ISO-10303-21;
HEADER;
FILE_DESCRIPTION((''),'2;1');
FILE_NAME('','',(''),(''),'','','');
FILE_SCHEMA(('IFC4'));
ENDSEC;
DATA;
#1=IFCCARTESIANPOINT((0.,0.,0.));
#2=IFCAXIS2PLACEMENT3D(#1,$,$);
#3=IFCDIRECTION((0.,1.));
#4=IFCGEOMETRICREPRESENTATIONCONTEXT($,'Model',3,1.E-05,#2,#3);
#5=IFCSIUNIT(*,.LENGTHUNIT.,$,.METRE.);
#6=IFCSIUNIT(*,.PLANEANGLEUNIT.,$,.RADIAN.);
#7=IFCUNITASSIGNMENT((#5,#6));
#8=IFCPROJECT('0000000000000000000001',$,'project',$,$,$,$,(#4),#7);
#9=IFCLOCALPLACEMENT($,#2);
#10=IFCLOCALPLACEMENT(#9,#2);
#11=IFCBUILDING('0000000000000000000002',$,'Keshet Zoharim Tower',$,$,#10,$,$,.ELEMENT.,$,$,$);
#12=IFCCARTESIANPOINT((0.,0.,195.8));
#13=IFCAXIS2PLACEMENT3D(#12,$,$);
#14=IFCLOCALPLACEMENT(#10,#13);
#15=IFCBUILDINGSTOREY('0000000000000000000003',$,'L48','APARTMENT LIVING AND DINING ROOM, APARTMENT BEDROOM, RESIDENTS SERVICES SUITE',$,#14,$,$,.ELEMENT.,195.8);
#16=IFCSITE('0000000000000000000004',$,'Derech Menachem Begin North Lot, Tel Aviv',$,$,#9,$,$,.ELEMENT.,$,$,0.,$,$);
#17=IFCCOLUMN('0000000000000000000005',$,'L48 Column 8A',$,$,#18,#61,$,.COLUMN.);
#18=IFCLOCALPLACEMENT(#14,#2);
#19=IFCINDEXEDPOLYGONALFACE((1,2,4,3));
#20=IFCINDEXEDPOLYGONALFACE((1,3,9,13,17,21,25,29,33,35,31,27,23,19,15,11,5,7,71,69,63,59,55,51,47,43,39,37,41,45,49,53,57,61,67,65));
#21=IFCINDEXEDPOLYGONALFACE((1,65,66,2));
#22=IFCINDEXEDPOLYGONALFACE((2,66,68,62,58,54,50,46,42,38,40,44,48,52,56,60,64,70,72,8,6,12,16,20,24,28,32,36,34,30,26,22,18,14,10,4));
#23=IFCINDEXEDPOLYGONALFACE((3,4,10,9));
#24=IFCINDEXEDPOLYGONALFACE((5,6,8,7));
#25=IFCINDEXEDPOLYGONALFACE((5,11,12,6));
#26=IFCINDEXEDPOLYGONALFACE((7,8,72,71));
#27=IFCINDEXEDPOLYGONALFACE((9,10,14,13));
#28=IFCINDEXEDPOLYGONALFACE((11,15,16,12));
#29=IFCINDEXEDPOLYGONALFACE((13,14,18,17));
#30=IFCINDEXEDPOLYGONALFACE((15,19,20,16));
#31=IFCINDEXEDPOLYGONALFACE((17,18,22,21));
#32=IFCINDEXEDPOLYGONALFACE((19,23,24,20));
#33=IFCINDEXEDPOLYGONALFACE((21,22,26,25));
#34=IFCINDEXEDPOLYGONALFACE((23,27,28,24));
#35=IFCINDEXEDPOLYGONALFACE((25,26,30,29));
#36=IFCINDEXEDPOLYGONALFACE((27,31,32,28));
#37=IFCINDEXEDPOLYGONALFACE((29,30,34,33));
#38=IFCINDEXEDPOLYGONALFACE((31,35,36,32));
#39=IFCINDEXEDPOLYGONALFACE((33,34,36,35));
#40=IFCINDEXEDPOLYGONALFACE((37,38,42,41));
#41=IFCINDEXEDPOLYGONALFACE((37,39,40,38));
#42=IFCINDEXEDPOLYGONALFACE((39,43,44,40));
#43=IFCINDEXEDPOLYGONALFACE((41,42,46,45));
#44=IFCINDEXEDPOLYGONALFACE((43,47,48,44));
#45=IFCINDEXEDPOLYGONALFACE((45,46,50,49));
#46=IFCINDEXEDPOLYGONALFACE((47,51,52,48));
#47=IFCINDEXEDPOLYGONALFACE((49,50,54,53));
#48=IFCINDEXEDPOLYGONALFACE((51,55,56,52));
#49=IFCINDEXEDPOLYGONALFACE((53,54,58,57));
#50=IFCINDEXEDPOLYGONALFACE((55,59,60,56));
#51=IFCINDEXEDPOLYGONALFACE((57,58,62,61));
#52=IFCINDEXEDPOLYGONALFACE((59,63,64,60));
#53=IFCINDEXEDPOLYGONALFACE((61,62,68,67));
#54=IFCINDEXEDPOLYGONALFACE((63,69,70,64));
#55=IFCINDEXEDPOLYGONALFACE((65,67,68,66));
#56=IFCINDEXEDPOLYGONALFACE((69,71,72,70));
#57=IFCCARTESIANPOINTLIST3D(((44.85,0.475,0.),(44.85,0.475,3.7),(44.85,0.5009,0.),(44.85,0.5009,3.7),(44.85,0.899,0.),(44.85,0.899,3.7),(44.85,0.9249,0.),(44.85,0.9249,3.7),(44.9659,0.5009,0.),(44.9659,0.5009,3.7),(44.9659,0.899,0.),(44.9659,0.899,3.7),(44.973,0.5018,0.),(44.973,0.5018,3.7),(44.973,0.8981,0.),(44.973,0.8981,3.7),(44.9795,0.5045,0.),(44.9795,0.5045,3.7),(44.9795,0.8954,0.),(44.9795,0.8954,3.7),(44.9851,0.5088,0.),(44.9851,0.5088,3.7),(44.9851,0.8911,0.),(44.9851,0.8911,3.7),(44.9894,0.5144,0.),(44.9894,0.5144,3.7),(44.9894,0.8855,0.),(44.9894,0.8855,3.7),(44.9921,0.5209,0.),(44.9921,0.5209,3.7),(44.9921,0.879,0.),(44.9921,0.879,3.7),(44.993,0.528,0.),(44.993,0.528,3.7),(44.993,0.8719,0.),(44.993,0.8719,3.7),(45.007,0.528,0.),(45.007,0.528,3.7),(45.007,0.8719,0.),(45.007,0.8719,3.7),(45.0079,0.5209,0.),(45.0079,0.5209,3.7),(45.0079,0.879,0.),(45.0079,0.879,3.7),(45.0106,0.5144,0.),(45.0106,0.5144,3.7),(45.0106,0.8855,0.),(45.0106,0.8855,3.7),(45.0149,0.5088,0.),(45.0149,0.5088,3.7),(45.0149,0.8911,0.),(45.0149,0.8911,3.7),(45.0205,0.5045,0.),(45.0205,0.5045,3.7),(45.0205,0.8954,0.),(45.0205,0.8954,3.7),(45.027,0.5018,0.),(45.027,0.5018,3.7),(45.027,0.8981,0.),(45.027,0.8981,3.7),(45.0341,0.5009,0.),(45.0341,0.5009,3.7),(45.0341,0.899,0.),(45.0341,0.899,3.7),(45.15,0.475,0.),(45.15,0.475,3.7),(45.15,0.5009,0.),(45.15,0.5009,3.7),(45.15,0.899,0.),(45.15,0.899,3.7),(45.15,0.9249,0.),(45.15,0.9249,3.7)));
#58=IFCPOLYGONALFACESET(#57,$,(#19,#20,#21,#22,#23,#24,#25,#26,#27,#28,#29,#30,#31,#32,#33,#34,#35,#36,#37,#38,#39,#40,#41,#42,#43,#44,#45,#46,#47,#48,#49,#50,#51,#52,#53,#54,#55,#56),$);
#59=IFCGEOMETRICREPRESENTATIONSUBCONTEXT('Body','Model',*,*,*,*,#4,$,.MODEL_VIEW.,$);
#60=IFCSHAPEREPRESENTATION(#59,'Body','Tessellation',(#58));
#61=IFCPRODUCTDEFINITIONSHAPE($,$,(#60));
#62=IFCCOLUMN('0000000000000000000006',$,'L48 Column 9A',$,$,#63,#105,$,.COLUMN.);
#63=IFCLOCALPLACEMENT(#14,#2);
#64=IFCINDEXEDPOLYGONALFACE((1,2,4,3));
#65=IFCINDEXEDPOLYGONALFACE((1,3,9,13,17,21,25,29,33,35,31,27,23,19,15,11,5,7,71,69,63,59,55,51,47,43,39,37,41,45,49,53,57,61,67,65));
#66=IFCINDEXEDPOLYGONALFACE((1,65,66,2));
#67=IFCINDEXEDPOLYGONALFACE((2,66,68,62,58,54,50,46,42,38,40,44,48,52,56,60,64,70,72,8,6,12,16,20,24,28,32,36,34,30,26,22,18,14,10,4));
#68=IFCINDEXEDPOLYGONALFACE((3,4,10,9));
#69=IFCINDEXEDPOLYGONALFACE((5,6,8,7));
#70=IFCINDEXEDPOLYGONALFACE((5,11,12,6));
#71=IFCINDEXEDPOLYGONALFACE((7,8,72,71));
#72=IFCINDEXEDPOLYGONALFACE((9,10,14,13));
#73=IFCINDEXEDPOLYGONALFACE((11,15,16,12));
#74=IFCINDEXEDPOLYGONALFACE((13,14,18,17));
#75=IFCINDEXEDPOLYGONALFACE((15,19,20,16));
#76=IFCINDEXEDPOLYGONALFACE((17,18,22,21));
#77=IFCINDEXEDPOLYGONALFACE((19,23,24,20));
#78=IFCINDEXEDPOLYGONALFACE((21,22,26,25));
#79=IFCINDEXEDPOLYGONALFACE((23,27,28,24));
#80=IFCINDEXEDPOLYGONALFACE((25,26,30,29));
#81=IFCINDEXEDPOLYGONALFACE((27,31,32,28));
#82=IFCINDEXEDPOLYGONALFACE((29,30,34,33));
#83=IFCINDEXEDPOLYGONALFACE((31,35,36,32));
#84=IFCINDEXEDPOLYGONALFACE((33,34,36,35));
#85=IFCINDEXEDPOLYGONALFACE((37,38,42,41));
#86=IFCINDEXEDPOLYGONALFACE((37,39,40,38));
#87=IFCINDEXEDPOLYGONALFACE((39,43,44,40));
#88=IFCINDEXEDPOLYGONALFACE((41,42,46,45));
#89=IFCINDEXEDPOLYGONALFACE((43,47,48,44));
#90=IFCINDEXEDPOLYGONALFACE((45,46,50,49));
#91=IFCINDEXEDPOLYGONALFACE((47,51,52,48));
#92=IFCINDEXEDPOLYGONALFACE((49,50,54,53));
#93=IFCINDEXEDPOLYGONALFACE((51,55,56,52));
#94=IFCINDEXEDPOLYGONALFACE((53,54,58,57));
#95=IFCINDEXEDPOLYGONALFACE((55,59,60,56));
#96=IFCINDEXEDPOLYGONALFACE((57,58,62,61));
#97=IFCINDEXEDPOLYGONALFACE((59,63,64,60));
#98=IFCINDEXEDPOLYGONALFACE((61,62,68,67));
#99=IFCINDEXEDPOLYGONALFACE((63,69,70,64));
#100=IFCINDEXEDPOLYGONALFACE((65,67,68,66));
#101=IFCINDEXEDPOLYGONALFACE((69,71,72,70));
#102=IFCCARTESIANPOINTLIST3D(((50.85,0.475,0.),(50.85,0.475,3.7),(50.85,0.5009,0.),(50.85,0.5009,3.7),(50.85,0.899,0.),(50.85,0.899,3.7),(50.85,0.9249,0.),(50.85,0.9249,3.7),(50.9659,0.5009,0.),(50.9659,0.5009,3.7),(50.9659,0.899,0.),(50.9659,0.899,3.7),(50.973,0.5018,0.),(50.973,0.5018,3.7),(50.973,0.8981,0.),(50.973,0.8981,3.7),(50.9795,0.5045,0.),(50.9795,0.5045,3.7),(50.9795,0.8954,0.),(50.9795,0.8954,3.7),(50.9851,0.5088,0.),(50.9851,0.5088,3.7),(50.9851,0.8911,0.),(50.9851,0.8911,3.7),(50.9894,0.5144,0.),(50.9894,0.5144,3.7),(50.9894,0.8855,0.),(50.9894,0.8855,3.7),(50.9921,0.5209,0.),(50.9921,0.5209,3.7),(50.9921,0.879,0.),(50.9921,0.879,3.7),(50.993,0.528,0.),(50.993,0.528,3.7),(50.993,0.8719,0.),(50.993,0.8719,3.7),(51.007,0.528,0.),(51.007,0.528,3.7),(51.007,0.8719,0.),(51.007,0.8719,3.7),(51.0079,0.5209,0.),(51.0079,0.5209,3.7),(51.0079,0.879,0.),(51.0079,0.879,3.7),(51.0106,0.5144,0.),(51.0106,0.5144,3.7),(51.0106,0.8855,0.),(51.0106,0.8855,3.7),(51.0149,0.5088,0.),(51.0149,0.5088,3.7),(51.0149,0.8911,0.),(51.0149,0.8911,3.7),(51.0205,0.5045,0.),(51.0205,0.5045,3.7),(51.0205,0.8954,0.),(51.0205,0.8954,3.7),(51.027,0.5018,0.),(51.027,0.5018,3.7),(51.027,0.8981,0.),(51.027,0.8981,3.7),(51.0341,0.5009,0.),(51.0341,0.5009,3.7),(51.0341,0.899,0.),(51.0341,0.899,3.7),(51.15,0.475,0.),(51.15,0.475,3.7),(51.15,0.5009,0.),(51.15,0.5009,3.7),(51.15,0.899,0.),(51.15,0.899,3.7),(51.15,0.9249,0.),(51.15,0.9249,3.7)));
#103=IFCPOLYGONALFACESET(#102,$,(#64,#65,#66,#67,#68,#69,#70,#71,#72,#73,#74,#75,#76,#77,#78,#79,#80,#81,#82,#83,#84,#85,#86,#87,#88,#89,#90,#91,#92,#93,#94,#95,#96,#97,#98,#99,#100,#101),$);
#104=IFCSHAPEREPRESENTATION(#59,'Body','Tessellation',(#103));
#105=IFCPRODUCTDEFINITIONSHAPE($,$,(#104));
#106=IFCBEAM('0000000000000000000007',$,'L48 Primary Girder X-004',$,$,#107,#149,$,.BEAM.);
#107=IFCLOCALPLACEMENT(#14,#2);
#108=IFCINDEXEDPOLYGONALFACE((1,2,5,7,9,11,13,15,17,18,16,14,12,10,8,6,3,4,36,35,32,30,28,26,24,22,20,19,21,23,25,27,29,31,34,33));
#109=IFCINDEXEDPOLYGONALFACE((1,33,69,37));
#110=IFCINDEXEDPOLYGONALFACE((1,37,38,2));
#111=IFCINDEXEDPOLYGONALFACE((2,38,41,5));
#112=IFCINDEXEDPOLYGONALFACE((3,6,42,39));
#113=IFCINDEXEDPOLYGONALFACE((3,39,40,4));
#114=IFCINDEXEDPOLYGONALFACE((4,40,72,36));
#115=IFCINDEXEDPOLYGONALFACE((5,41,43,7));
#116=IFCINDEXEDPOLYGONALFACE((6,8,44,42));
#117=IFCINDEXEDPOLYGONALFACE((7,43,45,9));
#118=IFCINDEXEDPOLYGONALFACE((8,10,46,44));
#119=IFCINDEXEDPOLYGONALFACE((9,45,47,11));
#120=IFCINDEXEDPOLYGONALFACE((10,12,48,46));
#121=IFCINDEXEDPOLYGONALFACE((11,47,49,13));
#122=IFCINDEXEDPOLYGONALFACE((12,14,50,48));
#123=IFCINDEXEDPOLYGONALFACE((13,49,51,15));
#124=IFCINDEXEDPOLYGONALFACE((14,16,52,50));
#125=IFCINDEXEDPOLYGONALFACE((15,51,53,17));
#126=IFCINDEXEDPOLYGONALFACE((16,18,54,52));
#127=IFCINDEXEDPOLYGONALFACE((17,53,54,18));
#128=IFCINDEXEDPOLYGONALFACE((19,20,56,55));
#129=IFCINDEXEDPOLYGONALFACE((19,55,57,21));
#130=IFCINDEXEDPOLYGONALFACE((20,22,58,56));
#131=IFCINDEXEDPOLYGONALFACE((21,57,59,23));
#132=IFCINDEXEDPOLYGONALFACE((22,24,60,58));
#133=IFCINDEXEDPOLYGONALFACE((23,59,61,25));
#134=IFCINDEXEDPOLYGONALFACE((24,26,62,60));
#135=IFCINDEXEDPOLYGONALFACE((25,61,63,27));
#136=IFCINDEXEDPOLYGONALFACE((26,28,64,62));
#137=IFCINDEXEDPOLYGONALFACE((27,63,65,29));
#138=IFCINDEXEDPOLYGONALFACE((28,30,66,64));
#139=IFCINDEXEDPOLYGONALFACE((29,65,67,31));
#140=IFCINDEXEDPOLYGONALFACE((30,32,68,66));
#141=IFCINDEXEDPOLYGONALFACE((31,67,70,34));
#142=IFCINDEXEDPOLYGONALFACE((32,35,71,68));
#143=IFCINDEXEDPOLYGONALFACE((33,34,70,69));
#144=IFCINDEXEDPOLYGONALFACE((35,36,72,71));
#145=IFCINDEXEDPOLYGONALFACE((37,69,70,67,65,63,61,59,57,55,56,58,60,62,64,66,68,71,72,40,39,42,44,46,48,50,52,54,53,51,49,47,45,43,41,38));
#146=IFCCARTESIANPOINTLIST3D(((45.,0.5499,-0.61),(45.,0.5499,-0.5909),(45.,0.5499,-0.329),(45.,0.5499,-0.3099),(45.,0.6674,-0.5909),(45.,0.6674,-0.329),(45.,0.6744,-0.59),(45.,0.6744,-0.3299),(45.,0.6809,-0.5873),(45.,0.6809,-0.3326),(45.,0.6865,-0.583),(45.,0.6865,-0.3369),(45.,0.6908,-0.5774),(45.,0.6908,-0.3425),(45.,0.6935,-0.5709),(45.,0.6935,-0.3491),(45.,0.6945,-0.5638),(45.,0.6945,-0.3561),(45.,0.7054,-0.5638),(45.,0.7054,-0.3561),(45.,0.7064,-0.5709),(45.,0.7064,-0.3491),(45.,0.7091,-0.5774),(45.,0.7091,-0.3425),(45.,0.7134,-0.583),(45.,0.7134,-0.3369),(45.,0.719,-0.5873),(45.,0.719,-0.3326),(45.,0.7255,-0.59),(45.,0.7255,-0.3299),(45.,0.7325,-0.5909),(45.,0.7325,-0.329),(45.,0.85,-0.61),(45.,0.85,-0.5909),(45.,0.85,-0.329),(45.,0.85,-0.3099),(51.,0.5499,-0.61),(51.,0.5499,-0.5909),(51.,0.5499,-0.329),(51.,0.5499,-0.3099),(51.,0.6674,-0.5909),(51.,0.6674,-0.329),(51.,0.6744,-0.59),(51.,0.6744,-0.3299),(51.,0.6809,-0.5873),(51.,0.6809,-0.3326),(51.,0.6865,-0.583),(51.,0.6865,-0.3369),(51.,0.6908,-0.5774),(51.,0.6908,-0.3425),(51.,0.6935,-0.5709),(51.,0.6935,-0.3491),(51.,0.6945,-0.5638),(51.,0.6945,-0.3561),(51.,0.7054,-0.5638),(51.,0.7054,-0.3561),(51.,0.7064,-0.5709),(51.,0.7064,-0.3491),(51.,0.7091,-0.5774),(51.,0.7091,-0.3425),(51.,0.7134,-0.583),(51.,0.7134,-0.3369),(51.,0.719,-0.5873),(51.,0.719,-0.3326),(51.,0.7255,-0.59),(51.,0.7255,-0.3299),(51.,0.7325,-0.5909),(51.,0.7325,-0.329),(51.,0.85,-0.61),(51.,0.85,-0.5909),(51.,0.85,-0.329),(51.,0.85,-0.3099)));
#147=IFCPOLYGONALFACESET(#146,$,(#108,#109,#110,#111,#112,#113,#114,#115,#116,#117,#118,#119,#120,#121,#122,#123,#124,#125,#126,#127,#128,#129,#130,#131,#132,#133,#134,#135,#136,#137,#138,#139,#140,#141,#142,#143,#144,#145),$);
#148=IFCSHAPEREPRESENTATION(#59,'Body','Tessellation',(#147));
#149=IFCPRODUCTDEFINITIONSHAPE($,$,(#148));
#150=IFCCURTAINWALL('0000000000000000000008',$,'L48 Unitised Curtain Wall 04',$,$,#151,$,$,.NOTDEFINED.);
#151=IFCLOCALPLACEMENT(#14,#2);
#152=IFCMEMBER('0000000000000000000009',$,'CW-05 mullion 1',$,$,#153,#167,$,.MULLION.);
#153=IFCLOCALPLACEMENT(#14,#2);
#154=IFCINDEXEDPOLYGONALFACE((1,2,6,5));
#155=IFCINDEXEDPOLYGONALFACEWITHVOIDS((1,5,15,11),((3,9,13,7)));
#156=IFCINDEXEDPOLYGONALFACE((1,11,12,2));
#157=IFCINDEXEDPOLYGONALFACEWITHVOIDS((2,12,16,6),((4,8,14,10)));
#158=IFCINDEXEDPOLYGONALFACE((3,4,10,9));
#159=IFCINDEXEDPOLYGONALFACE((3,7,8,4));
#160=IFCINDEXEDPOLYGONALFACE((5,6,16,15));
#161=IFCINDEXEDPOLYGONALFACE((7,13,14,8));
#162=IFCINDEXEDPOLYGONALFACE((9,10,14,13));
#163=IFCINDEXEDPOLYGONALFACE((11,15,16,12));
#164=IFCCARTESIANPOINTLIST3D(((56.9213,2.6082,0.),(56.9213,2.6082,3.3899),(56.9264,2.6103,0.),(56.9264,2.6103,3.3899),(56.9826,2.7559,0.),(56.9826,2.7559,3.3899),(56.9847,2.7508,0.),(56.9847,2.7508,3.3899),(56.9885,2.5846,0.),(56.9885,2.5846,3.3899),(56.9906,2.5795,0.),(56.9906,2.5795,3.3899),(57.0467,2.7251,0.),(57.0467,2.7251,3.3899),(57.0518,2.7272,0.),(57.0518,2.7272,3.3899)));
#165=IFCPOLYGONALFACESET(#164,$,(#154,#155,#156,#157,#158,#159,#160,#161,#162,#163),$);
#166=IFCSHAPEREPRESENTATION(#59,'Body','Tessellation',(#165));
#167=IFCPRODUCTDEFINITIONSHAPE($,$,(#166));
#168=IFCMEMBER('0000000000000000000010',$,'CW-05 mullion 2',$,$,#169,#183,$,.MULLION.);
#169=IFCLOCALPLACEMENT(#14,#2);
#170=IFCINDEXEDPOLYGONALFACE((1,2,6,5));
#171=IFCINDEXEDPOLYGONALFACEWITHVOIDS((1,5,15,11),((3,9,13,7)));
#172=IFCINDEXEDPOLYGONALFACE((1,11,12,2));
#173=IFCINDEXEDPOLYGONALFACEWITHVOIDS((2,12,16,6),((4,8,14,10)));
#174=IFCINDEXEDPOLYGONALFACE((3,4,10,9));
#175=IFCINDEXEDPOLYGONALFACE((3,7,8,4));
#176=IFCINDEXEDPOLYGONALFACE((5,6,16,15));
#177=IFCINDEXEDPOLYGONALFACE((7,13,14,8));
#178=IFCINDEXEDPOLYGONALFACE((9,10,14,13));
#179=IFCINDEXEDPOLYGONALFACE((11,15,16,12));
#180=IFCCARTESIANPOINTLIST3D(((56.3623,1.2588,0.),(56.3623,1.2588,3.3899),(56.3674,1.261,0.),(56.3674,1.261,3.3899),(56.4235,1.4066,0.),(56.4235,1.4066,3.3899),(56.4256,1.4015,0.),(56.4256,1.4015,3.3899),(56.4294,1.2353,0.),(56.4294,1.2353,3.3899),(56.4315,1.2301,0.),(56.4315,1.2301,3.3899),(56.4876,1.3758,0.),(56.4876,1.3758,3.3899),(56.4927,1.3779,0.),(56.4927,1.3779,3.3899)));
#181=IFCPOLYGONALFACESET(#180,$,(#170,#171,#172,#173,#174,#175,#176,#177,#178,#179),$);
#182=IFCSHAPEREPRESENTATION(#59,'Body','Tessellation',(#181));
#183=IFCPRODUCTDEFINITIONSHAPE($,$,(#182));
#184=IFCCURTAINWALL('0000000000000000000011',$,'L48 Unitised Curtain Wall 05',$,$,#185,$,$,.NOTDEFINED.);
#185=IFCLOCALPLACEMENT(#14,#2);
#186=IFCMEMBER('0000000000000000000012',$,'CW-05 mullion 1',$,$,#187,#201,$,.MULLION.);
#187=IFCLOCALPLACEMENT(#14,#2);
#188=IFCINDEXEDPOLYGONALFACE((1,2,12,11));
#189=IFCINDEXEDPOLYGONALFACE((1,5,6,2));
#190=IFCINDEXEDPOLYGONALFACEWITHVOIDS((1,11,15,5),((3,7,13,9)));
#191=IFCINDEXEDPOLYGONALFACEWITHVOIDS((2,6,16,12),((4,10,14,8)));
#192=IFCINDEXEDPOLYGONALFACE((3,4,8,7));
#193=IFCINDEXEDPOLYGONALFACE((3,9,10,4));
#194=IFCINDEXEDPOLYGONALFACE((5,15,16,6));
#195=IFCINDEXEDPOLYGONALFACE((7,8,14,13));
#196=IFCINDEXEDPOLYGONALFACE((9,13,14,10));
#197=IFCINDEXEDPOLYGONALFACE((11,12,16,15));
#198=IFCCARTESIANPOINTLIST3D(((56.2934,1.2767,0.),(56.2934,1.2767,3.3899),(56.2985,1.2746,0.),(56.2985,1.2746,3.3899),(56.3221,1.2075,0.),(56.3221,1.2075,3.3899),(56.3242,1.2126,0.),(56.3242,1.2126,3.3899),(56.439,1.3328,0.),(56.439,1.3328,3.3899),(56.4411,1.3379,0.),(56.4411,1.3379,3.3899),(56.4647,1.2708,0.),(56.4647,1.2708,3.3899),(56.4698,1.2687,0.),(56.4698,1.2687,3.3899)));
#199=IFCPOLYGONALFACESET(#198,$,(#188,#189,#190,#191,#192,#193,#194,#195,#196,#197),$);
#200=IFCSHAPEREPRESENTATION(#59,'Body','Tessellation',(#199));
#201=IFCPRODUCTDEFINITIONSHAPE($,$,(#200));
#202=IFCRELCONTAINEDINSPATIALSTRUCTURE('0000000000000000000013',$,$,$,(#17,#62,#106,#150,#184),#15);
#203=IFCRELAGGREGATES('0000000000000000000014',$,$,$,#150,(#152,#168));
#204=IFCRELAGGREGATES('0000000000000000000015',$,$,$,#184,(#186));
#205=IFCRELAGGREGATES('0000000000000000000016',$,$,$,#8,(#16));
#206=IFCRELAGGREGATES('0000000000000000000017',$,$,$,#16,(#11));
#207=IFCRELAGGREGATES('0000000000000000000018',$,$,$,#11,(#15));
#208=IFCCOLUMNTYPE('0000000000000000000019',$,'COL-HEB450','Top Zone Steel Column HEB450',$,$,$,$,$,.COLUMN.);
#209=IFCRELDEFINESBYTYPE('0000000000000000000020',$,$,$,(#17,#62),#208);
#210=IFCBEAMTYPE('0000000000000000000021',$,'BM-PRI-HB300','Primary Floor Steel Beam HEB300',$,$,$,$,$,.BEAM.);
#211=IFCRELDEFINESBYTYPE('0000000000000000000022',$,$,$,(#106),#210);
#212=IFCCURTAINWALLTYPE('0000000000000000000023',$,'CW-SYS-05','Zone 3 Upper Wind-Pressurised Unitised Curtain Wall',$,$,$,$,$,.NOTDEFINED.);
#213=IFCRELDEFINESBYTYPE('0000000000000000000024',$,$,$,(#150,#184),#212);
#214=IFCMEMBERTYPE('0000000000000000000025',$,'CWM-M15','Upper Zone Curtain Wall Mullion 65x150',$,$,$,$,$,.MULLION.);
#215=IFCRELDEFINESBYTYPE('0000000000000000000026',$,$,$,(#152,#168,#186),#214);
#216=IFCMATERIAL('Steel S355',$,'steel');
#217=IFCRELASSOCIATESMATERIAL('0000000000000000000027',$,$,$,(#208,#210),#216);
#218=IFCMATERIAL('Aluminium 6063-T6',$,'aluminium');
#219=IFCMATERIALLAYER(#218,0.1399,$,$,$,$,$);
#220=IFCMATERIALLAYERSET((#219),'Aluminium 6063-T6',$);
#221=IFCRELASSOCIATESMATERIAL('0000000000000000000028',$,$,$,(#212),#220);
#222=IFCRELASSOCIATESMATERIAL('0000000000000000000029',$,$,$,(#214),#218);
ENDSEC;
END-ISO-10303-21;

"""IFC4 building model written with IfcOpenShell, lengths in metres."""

from ifc_helpers import new_model, si_unit, direction, frame, origin, origin_2d, place, context, subcontext, project, spatial, hollow_rectangle, i_section, extrude, material, layer, layer_set, material_profile, profile_set, type_object, element, aggregate, save


model = new_model("IFC4")

# Units and contexts
model_context = context("Model", 3, precision=1e-05, world=origin(), true_north=direction((0.0, 1.0)))
body_context = subcontext(model_context, "Body", "Model", "MODEL_VIEW")
ifc_project = project(units=[si_unit("LENGTHUNIT", "METRE"), si_unit("PLANEANGLEUNIT", "RADIAN")], contexts=[model_context])

# Site, building, storey
site_placement = place(None, origin())
site = spatial("IfcSite", under=ifc_project, at=site_placement, Name="Derech Menachem Begin North Lot, Tel Aviv", CompositionType="ELEMENT", RefElevation=0.0)
building_placement = place(site_placement, origin())
building = spatial("IfcBuilding", under=site, at=building_placement, Name="Keshet Zoharim Tower", CompositionType="ELEMENT")
storey_placement = place(building_placement, frame((0.0, 0.0, 195.8)))
storey = spatial("IfcBuildingStorey", under=building, at=storey_placement, Name="L48", Description="APARTMENT LIVING AND DINING ROOM, APARTMENT BEDROOM, RESIDENTS SERVICES SUITE", CompositionType="ELEMENT", Elevation=195.8)

# Columns
ifc_material_1 = material(Name="Steel S355", Category="steel")
ifc_material_profile_1 = material_profile(ifc_material_1, i_section(OverallWidth=0.3, OverallDepth=0.45, WebThickness=0.0139, FlangeThickness=0.0259, FilletRadius=0.0271, at=origin_2d()), Name="HEB450")
ifc_profile_set_1 = profile_set([ifc_material_profile_1], Name="Steel S355")
column_type = type_object("IfcColumnType", Name="COL-HEB450", Description="Top Zone Steel Column HEB450", PredefinedType="COLUMN", material=ifc_profile_set_1)
for number, where, z_axis, x_axis, name in (
    (1, (45.0, 0.7, 0.0), (0.0, 0.0, 1.0), (1.0, 0.0, 0.0), "L48 Column 8A"),
    (2, (51.0, 0.7, 0.0), (0.0, 0.0, 1.0), (1.0, 0.0, 0.0), "L48 Column 9A"),
):
    element("IfcColumn", number, at=place(storey_placement, frame(where, z_axis=z_axis, x_axis=x_axis)), inside=storey, type_object=column_type, Name=name, PredefinedType="COLUMN", context=body_context, shape_type="SweptSolid", body=[
        extrude(i_section(OverallWidth=0.3, OverallDepth=0.45, WebThickness=0.0139, FlangeThickness=0.0259, FilletRadius=0.0271, at=origin_2d()), origin(), (0.0, 0.0, 1.0), 3.7),
    ])

# Beam
ifc_material_profile_2 = material_profile(ifc_material_1, i_section(OverallWidth=0.3, OverallDepth=0.3, WebThickness=0.011, FlangeThickness=0.019, FilletRadius=0.0271, at=origin_2d()), Name="HEB300")
ifc_profile_set_2 = profile_set([ifc_material_profile_2], Name="Steel S355")
beam_type = type_object("IfcBeamType", Name="BM-PRI-HB300", Description="Primary Floor Steel Beam HEB300", PredefinedType="BEAM", material=ifc_profile_set_2)
beam_placement = place(storey_placement, frame((45.0, 0.7, -0.46), z_axis=(1.0, 0.0, 0.0), x_axis=(0.0, 1.0, 0.0)))
element("IfcBeam", 3, at=beam_placement, inside=storey, type_object=beam_type, Name="L48 Primary Girder X-004", PredefinedType="BEAM", context=body_context, shape_type="SweptSolid", body=[
    extrude(i_section(OverallWidth=0.3, OverallDepth=0.3, WebThickness=0.011, FlangeThickness=0.019, FilletRadius=0.0271, at=origin_2d()), origin(), (0.0, 0.0, 1.0), 6.0),
])

# Curtain walls, members
ifc_material_2 = material(Name="Aluminium 6063-T6", Category="aluminium")
ifc_layer_1 = layer(ifc_material_2, 0.1399)
ifc_layer_set_1 = layer_set([ifc_layer_1], Name="Aluminium 6063-T6")
curtain_wall_type = type_object("IfcCurtainWallType", Name="CW-SYS-05", Description="Zone 3 Upper Wind-Pressurised Unitised Curtain Wall", PredefinedType="NOTDEFINED", material=ifc_layer_set_1)
curtain_wall_1_placement = place(storey_placement, origin())
curtain_wall_1 = element("IfcCurtainWall", 4, at=curtain_wall_1_placement, inside=storey, type_object=curtain_wall_type, Name="L48 Unitised Curtain Wall 04", PredefinedType="NOTDEFINED")
ifc_material_profile_3 = material_profile(ifc_material_2, hollow_rectangle(XDim=0.075, YDim=0.1599, WallThickness=0.0039, at=origin_2d()), Name="MUL-75x160")
ifc_profile_set_3 = profile_set([ifc_material_profile_3], Name="Aluminium 6063-T6")
member_type_1 = type_object("IfcMemberType", Name="CWM-M15", Description="Upper Zone Curtain Wall Mullion 65x150", PredefinedType="MULLION", material=ifc_profile_set_3)
member_1_placement = place(storey_placement, frame((56.9866, 2.6677, 0.0), z_axis=(0.0, 0.0, 1.0), x_axis=(0.92381, -0.382852, 0.0)))
member_1 = element("IfcMember", 5, at=member_1_placement, type_object=member_type_1, Name="CW-05 mullion 1", PredefinedType="MULLION", context=body_context, shape_type="SweptSolid", body=[
    extrude(hollow_rectangle(XDim=0.075, YDim=0.1599, WallThickness=0.0039, at=origin_2d()), origin(), (0.0, 0.0, 1.0), 3.3899),
])
member_2_placement = place(storey_placement, frame((56.4275, 1.3184, 0.0), z_axis=(0.0, 0.0, 1.0), x_axis=(0.92381, -0.382852, 0.0)))
member_2 = element("IfcMember", 6, at=member_2_placement, type_object=member_type_1, Name="CW-05 mullion 2", PredefinedType="MULLION", context=body_context, shape_type="SweptSolid", body=[
    extrude(hollow_rectangle(XDim=0.075, YDim=0.1599, WallThickness=0.0039, at=origin_2d()), origin(), (0.0, 0.0, 1.0), 3.3899),
])
curtain_wall_2_placement = place(storey_placement, origin())
curtain_wall_2 = element("IfcCurtainWall", 7, at=curtain_wall_2_placement, inside=storey, type_object=curtain_wall_type, Name="L48 Unitised Curtain Wall 05", PredefinedType="NOTDEFINED")
member_3_placement = place(storey_placement, frame((56.3816, 1.2727, 0.0), z_axis=(0.0, 0.0, 1.0), x_axis=(0.382852, -0.92381, 0.0)))
member_3 = element("IfcMember", 8, at=member_3_placement, type_object=member_type_1, Name="CW-05 mullion 1", PredefinedType="MULLION", context=body_context, shape_type="SweptSolid", body=[
    extrude(hollow_rectangle(XDim=0.075, YDim=0.1599, WallThickness=0.0039, at=origin_2d()), origin(), (0.0, 0.0, 1.0), 3.3899),
])

aggregate(curtain_wall_1, [member_1, member_2])
aggregate(curtain_wall_2, [member_3])

save(model, "model.ifc")
